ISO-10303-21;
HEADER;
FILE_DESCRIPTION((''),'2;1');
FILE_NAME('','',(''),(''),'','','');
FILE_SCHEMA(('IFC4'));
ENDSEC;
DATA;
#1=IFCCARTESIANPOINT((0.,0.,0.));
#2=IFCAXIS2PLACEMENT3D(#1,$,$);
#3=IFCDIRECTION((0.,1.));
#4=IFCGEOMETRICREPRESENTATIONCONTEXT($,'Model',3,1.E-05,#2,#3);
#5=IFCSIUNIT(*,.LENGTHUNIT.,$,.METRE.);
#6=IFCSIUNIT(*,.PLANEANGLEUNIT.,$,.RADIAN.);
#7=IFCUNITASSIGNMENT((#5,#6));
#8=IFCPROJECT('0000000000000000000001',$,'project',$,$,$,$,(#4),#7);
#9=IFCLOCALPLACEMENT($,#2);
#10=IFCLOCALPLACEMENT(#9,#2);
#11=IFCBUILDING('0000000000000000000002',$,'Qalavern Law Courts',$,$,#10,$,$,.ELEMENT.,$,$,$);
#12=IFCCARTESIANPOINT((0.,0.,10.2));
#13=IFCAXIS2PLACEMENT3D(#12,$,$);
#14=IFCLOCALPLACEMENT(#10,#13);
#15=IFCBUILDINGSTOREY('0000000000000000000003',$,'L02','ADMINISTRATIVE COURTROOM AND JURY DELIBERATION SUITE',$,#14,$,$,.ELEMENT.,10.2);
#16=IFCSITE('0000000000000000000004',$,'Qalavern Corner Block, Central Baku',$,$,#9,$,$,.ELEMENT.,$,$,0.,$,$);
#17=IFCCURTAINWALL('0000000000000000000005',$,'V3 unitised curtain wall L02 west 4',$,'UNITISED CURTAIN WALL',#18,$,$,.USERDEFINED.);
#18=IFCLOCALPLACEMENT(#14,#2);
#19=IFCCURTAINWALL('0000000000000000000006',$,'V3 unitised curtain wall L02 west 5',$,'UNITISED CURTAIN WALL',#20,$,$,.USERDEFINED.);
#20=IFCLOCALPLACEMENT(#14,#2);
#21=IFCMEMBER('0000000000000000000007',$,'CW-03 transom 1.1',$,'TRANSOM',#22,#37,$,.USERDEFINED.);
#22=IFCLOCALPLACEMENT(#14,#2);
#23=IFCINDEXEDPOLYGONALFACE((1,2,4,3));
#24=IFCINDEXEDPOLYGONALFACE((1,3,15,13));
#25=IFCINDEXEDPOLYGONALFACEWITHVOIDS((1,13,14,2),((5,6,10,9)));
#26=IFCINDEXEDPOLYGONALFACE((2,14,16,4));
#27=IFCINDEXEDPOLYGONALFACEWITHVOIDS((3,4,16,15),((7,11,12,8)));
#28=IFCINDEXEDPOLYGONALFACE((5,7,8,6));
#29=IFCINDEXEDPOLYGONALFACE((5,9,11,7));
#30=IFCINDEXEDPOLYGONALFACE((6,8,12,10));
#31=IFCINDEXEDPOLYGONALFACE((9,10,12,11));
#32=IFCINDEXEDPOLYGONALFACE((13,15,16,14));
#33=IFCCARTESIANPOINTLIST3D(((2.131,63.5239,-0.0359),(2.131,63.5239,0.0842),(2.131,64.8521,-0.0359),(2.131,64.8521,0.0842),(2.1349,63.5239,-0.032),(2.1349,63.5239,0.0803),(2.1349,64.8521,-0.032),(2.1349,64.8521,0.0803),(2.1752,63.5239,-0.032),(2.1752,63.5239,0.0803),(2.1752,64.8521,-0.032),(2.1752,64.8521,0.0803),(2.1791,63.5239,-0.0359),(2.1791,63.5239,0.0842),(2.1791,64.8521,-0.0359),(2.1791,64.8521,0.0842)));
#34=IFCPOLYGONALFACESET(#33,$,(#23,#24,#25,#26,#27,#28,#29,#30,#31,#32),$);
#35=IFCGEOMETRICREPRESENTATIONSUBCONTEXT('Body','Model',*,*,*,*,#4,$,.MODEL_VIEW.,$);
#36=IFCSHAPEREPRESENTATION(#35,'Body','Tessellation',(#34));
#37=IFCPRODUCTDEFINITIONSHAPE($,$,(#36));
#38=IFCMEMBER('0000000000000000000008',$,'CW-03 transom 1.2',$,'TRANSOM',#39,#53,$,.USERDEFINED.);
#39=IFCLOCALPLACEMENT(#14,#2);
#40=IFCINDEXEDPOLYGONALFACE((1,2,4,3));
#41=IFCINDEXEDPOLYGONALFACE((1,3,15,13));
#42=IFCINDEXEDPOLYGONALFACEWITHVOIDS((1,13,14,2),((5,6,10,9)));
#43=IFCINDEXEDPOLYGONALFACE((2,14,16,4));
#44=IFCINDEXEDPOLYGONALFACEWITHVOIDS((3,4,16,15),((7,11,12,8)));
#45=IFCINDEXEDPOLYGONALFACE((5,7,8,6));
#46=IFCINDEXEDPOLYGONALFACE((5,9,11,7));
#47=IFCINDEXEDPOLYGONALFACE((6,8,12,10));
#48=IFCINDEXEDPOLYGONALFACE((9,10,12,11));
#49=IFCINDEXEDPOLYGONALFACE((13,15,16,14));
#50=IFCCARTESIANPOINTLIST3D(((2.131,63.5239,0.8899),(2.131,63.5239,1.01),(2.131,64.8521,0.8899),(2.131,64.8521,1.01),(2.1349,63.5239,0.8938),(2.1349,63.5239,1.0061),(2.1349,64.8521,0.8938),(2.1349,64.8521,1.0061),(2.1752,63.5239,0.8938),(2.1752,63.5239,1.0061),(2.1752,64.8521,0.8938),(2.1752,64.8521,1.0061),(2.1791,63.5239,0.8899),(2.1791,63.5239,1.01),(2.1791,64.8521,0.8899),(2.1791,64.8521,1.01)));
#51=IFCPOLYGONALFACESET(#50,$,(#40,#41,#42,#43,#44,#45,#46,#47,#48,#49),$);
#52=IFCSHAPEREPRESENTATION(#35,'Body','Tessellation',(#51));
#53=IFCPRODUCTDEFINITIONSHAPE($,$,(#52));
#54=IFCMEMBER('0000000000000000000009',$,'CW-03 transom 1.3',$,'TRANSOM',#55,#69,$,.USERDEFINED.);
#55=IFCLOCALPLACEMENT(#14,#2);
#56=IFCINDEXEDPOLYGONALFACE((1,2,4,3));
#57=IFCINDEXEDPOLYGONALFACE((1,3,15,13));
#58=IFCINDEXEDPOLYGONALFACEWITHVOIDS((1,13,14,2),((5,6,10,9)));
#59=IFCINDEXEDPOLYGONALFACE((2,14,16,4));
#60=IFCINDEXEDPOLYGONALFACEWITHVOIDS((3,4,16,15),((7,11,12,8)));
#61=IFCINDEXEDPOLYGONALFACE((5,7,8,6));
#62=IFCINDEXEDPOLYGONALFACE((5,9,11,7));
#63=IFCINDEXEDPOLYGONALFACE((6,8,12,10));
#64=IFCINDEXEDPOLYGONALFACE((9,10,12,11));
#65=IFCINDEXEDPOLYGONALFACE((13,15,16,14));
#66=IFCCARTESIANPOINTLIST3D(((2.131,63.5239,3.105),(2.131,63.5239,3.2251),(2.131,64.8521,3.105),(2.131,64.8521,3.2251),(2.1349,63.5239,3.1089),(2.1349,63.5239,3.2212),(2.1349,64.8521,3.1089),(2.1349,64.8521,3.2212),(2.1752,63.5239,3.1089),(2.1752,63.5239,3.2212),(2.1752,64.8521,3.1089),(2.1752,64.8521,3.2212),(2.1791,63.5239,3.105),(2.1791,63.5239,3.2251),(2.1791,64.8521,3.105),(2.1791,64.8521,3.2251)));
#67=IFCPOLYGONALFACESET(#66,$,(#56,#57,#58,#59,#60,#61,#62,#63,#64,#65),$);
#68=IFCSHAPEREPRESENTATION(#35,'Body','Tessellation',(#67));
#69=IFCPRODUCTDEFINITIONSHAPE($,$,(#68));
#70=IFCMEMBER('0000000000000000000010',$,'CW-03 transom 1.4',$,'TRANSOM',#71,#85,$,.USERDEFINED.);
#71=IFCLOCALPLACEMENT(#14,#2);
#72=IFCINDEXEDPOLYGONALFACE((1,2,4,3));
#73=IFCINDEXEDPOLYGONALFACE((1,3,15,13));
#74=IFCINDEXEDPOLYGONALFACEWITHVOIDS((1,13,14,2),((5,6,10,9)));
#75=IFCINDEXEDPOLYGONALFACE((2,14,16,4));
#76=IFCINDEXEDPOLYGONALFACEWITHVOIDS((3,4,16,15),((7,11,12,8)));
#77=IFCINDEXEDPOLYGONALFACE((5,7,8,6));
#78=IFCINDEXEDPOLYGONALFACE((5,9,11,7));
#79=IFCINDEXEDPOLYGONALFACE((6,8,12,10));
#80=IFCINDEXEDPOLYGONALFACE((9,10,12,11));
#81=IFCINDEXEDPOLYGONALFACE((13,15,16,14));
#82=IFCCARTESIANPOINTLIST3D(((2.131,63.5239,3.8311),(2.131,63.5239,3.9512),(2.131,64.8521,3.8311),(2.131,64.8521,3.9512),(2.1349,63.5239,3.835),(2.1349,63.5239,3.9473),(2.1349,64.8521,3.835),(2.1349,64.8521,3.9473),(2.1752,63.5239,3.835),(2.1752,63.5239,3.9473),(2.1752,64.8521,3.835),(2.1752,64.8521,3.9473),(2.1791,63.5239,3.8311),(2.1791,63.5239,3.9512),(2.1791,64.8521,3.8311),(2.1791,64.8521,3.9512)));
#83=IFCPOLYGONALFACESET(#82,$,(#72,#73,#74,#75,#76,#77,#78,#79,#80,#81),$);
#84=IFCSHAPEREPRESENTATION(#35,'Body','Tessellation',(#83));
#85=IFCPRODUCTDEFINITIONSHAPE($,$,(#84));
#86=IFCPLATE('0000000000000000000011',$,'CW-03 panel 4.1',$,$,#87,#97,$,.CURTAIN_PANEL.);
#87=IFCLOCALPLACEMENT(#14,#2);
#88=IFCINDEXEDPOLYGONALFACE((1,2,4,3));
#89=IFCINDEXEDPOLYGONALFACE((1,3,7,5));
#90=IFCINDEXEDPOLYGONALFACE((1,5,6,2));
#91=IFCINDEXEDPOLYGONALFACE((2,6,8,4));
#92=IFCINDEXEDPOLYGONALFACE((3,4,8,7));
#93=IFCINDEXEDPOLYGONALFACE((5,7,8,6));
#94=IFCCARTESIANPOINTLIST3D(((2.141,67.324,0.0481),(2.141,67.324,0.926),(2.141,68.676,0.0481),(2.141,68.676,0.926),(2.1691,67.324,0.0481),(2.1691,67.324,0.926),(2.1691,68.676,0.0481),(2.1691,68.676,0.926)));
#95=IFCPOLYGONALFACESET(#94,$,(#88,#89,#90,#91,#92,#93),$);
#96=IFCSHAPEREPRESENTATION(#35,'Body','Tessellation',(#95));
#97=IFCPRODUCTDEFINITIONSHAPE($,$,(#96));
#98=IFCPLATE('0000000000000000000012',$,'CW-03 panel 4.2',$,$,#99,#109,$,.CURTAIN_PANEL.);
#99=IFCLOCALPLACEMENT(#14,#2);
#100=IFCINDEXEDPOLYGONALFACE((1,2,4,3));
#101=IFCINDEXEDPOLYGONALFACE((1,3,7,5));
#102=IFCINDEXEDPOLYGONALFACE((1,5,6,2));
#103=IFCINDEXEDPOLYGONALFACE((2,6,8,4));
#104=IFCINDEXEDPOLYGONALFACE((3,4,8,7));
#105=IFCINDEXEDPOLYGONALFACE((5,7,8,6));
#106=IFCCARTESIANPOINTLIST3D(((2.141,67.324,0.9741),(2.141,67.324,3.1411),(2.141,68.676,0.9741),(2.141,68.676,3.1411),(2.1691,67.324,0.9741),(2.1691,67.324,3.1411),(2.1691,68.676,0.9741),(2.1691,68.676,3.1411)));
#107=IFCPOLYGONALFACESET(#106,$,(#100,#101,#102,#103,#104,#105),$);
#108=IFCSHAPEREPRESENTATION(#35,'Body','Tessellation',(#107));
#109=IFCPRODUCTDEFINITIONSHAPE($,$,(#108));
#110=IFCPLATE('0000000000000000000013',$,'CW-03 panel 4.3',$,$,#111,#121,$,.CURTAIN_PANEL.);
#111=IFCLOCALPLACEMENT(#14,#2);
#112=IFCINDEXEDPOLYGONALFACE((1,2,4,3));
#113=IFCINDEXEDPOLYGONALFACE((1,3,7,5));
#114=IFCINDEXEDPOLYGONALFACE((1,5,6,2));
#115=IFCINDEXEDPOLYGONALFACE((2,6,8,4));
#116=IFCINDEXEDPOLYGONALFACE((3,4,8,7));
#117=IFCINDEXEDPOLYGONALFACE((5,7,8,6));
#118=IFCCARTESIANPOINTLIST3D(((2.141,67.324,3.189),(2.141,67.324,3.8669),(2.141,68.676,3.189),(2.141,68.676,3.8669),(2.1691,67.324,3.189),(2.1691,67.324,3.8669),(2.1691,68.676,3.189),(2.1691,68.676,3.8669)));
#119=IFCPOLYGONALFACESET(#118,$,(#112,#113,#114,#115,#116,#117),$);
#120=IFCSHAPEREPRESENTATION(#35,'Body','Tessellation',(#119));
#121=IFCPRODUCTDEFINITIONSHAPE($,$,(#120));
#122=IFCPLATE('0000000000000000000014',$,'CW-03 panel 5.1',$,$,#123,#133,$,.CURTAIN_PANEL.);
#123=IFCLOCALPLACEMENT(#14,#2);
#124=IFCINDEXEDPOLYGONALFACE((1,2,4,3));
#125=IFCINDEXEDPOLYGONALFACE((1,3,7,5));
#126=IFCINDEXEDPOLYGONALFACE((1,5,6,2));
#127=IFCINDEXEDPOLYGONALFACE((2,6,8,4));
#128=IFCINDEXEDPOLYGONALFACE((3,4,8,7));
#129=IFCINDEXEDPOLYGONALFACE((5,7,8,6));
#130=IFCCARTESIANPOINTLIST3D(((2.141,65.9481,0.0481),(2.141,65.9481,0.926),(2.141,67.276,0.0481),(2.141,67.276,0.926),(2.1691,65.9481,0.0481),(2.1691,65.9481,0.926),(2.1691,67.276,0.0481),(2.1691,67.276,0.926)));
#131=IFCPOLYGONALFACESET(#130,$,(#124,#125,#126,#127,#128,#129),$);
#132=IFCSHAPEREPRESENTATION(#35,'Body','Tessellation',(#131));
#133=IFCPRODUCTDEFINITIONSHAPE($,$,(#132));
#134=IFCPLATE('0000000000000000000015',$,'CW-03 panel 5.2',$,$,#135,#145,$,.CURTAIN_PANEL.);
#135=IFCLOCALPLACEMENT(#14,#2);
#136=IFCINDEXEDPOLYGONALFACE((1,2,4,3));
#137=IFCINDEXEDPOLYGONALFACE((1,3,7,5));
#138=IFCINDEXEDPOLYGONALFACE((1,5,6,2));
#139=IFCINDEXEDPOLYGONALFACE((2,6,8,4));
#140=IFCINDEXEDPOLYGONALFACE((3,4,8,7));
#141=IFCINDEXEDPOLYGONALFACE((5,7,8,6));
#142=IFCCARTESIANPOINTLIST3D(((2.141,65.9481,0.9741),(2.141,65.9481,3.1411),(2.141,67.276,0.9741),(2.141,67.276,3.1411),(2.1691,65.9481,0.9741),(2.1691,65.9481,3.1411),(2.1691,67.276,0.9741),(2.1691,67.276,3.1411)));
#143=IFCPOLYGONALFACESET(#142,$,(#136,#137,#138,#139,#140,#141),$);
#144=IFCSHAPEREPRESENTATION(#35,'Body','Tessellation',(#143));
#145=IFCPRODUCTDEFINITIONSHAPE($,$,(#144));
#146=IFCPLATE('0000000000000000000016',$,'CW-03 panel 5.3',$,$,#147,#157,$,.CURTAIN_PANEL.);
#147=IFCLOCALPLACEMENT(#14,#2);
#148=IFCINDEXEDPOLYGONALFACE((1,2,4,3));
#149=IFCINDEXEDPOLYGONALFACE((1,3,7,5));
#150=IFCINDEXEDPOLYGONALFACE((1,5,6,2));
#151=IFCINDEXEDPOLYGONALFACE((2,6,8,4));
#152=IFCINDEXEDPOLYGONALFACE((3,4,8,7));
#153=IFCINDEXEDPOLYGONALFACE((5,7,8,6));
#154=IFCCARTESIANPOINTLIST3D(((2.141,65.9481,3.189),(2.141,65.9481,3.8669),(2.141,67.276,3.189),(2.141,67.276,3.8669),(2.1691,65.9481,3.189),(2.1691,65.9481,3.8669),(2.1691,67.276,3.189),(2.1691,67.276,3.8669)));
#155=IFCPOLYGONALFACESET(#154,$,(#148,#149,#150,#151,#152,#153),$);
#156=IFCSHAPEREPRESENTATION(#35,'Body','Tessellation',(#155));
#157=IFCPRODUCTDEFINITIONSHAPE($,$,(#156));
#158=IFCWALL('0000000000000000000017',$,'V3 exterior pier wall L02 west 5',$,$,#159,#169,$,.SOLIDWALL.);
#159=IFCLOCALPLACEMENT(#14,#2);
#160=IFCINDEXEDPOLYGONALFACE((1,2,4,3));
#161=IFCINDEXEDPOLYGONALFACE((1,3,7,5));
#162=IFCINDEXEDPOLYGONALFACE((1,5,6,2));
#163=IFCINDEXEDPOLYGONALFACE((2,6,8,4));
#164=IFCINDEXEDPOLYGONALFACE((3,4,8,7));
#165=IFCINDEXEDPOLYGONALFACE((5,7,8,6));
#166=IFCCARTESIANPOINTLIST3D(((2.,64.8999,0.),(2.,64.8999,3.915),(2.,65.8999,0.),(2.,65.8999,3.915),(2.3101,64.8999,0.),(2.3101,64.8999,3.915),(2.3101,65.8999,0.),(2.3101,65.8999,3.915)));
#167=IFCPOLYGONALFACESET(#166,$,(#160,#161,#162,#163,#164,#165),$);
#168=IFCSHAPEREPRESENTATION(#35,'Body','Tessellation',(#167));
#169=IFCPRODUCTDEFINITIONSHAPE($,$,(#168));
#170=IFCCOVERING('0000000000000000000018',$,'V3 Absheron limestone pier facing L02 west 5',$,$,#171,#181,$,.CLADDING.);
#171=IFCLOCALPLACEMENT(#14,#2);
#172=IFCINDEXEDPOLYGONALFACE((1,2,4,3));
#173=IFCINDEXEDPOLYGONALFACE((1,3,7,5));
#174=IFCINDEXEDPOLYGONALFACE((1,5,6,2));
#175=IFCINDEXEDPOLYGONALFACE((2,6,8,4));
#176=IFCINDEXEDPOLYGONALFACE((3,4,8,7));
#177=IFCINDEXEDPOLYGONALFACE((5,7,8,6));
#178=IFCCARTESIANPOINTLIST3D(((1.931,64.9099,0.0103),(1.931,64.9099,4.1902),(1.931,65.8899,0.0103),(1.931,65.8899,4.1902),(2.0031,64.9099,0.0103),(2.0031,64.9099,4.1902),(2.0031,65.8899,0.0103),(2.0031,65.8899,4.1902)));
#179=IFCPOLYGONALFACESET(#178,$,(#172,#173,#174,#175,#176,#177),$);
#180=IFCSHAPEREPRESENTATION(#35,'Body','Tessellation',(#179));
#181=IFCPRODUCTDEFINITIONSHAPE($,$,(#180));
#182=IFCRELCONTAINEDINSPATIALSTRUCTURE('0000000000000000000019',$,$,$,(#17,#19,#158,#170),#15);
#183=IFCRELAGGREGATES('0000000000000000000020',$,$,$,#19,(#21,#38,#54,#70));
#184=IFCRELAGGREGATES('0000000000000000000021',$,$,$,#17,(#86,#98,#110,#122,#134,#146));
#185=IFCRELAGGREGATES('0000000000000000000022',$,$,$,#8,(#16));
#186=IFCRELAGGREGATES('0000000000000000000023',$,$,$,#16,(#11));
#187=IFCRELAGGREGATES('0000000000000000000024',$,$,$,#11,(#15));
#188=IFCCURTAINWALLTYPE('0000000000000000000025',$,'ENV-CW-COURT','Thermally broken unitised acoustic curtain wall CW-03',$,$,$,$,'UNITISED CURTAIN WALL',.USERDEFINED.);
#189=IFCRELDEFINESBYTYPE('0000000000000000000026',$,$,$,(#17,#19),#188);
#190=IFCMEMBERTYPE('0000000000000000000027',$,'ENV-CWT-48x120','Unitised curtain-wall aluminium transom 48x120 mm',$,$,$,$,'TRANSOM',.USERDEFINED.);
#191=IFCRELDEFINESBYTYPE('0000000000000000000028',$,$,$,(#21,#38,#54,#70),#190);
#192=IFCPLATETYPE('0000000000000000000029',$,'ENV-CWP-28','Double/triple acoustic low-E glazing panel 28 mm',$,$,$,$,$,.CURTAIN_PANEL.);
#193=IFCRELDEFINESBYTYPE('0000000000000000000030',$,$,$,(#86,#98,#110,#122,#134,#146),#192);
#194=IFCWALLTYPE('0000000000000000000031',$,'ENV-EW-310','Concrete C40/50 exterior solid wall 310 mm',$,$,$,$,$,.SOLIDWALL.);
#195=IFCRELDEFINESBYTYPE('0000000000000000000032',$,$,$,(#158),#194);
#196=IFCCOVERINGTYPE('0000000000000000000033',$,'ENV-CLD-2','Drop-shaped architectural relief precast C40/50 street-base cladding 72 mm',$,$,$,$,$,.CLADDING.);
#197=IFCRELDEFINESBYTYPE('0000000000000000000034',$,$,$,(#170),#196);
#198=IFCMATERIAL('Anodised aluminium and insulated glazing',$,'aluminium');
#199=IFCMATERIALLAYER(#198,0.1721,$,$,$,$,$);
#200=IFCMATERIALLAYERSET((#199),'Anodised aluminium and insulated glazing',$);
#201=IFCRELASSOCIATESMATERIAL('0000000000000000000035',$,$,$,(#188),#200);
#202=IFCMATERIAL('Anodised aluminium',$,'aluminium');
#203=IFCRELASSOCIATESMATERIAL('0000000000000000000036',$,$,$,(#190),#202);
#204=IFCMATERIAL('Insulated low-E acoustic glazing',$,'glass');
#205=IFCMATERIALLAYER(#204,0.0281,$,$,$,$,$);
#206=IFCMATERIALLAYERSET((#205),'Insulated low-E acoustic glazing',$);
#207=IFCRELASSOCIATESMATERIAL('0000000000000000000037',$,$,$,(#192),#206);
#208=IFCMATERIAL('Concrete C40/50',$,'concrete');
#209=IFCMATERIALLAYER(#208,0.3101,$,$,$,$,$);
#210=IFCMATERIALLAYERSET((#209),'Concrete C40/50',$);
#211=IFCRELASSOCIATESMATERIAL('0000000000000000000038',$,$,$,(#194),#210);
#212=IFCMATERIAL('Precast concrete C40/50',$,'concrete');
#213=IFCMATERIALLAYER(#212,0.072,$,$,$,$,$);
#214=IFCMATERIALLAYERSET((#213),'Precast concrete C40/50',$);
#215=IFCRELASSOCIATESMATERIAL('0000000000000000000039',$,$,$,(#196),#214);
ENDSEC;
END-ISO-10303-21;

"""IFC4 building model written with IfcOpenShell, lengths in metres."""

from ifc_helpers import new_model, si_unit, direction, frame, frame_2d, origin, origin_2d, place, context, subcontext, project, spatial, rectangle, hollow_rectangle, extrude, material, layer, layer_set, material_profile, profile_set, type_object, element, aggregate, save


model = new_model("IFC4")

# Units and contexts
model_context = context("Model", 3, precision=1e-05, world=origin(), true_north=direction((0.0, 1.0)))
body_context = subcontext(model_context, "Body", "Model", "MODEL_VIEW")
ifc_project = project(units=[si_unit("LENGTHUNIT", "METRE"), si_unit("PLANEANGLEUNIT", "RADIAN")], contexts=[model_context])

# Site, building, storey
site_placement = place(None, origin())
site = spatial("IfcSite", under=ifc_project, at=site_placement, Name="Qalavern Corner Block, Central Baku", CompositionType="ELEMENT", RefElevation=0.0)
building_placement = place(site_placement, origin())
building = spatial("IfcBuilding", under=site, at=building_placement, Name="Qalavern Law Courts", CompositionType="ELEMENT")
storey_placement = place(building_placement, frame((0.0, 0.0, 10.2)))
storey = spatial("IfcBuildingStorey", under=building, at=storey_placement, Name="L02", Description="ADMINISTRATIVE COURTROOM AND JURY DELIBERATION SUITE", CompositionType="ELEMENT", Elevation=10.2)

# Curtain wall
ifc_material_1 = material(Name="Anodised aluminium and insulated glazing", Category="aluminium")
ifc_layer_1 = layer(ifc_material_1, 0.1721)
ifc_layer_set_1 = layer_set([ifc_layer_1], Name="Anodised aluminium and insulated glazing")
curtain_wall_type = type_object("IfcCurtainWallType", Name="ENV-CW-COURT", Description="Thermally broken unitised acoustic curtain wall CW-03", ElementType="UNITISED CURTAIN WALL", PredefinedType="USERDEFINED", material=ifc_layer_set_1)
curtain_wall_1_placement = place(storey_placement, origin())
curtain_wall_1 = element("IfcCurtainWall", 1, at=curtain_wall_1_placement, inside=storey, type_object=curtain_wall_type, Name="V3 unitised curtain wall L02 west 4", ObjectType="UNITISED CURTAIN WALL", PredefinedType="USERDEFINED")
ifc_material_2 = material(Name="Anodised aluminium", Category="aluminium")

# Curtain wall
curtain_wall_2_placement = place(storey_placement, origin())
curtain_wall_2 = element("IfcCurtainWall", 2, at=curtain_wall_2_placement, inside=storey, type_object=curtain_wall_type, Name="V3 unitised curtain wall L02 west 5", ObjectType="UNITISED CURTAIN WALL", PredefinedType="USERDEFINED")

# Members
ifc_material_profile_1 = material_profile(ifc_material_2, hollow_rectangle(XDim=0.0481, YDim=0.1201, WallThickness=0.0039, at=origin_2d()), Name="ALU TRANSOM 48x120")
ifc_profile_set_1 = profile_set([ifc_material_profile_1], Name="Anodised aluminium")
member_type_1 = type_object("IfcMemberType", Name="ENV-CWT-48x120", Description="Unitised curtain-wall aluminium transom 48x120 mm", ElementType="TRANSOM", PredefinedType="USERDEFINED", material=ifc_profile_set_1)
member_1_placement = place(storey_placement, frame((2.155, 64.8521, 0.0242), z_axis=(0.0, -1.0, 0.0), x_axis=(1.0, 0.0, 0.0)))
member_1 = element("IfcMember", 3, at=member_1_placement, type_object=member_type_1, Name="CW-03 transom 1.1", ObjectType="TRANSOM", PredefinedType="USERDEFINED", context=body_context, shape_type="SweptSolid", body=[
    extrude(hollow_rectangle(XDim=0.0481, YDim=0.1201, WallThickness=0.0039, at=origin_2d()), origin(), (0.0, 0.0, 1.0), 1.3281),
])
member_2_placement = place(storey_placement, frame((2.155, 64.8521, 0.95), z_axis=(0.0, -1.0, 0.0), x_axis=(1.0, 0.0, 0.0)))
member_2 = element("IfcMember", 4, at=member_2_placement, type_object=member_type_1, Name="CW-03 transom 1.2", ObjectType="TRANSOM", PredefinedType="USERDEFINED", context=body_context, shape_type="SweptSolid", body=[
    extrude(hollow_rectangle(XDim=0.0481, YDim=0.1201, WallThickness=0.0039, at=origin_2d()), origin(), (0.0, 0.0, 1.0), 1.3281),
])
member_3_placement = place(storey_placement, frame((2.155, 64.8521, 3.165), z_axis=(0.0, -1.0, 0.0), x_axis=(1.0, 0.0, 0.0)))
member_3 = element("IfcMember", 5, at=member_3_placement, type_object=member_type_1, Name="CW-03 transom 1.3", ObjectType="TRANSOM", PredefinedType="USERDEFINED", context=body_context, shape_type="SweptSolid", body=[
    extrude(hollow_rectangle(XDim=0.0481, YDim=0.1201, WallThickness=0.0039, at=origin_2d()), origin(), (0.0, 0.0, 1.0), 1.3281),
])
member_4_placement = place(storey_placement, frame((2.155, 64.8521, 3.8911), z_axis=(0.0, -1.0, 0.0), x_axis=(1.0, 0.0, 0.0)))
member_4 = element("IfcMember", 6, at=member_4_placement, type_object=member_type_1, Name="CW-03 transom 1.4", ObjectType="TRANSOM", PredefinedType="USERDEFINED", context=body_context, shape_type="SweptSolid", body=[
    extrude(hollow_rectangle(XDim=0.0481, YDim=0.1201, WallThickness=0.0039, at=origin_2d()), origin(), (0.0, 0.0, 1.0), 1.3281),
])
aggregate(curtain_wall_2, [member_1, member_2, member_3, member_4])

# Plates
ifc_material_3 = material(Name="Insulated low-E acoustic glazing", Category="glass")
ifc_layer_2 = layer(ifc_material_3, 0.0281)
ifc_layer_set_2 = layer_set([ifc_layer_2], Name="Insulated low-E acoustic glazing")
plate_type = type_object("IfcPlateType", Name="ENV-CWP-28", Description="Double/triple acoustic low-E glazing panel 28 mm", PredefinedType="CURTAIN_PANEL", material=ifc_layer_set_2)
plate_1_placement = place(storey_placement, frame((2.155, 68.0, 0.0481), z_axis=(0.0, 0.0, 1.0), x_axis=(0.0, -1.0, 0.0)))
plate_1 = element("IfcPlate", 7, at=plate_1_placement, type_object=plate_type, Name="CW-03 panel 4.1", PredefinedType="CURTAIN_PANEL", context=body_context, shape_type="SweptSolid", body=[
    extrude(rectangle(XDim=1.3521, YDim=0.0281, at=origin_2d()), origin(), (0.0, 0.0, 1.0), 0.8779),
])
plate_2_placement = place(storey_placement, frame((2.155, 68.0, 0.9741), z_axis=(0.0, 0.0, 1.0), x_axis=(0.0, -1.0, 0.0)))
plate_2 = element("IfcPlate", 8, at=plate_2_placement, type_object=plate_type, Name="CW-03 panel 4.2", PredefinedType="CURTAIN_PANEL", context=body_context, shape_type="SweptSolid", body=[
    extrude(rectangle(XDim=1.3521, YDim=0.0281, at=origin_2d()), origin(), (0.0, 0.0, 1.0), 2.167),
])
plate_3_placement = place(storey_placement, frame((2.155, 68.0, 3.189), z_axis=(0.0, 0.0, 1.0), x_axis=(0.0, -1.0, 0.0)))
plate_3 = element("IfcPlate", 9, at=plate_3_placement, type_object=plate_type, Name="CW-03 panel 4.3", PredefinedType="CURTAIN_PANEL", context=body_context, shape_type="SweptSolid", body=[
    extrude(rectangle(XDim=1.3521, YDim=0.0281, at=origin_2d()), origin(), (0.0, 0.0, 1.0), 0.678),
])
plate_4_placement = place(storey_placement, frame((2.155, 66.6121, 0.0481), z_axis=(0.0, 0.0, 1.0), x_axis=(0.0, -1.0, 0.0)))
plate_4 = element("IfcPlate", 10, at=plate_4_placement, type_object=plate_type, Name="CW-03 panel 5.1", PredefinedType="CURTAIN_PANEL", context=body_context, shape_type="SweptSolid", body=[
    extrude(rectangle(XDim=1.3279, YDim=0.0281, at=origin_2d()), origin(), (0.0, 0.0, 1.0), 0.8779),
])
plate_5_placement = place(storey_placement, frame((2.155, 66.6121, 0.9741), z_axis=(0.0, 0.0, 1.0), x_axis=(0.0, -1.0, 0.0)))
plate_5 = element("IfcPlate", 11, at=plate_5_placement, type_object=plate_type, Name="CW-03 panel 5.2", PredefinedType="CURTAIN_PANEL", context=body_context, shape_type="SweptSolid", body=[
    extrude(rectangle(XDim=1.3279, YDim=0.0281, at=origin_2d()), origin(), (0.0, 0.0, 1.0), 2.167),
])
plate_6_placement = place(storey_placement, frame((2.155, 66.6121, 3.189), z_axis=(0.0, 0.0, 1.0), x_axis=(0.0, -1.0, 0.0)))
plate_6 = element("IfcPlate", 12, at=plate_6_placement, type_object=plate_type, Name="CW-03 panel 5.3", PredefinedType="CURTAIN_PANEL", context=body_context, shape_type="SweptSolid", body=[
    extrude(rectangle(XDim=1.3279, YDim=0.0281, at=origin_2d()), origin(), (0.0, 0.0, 1.0), 0.678),
])
aggregate(curtain_wall_1, [plate_1, plate_2, plate_3, plate_4, plate_5, plate_6])

# Wall
ifc_material_4 = material(Name="Concrete C40/50", Category="concrete")
ifc_layer_3 = layer(ifc_material_4, 0.3101)
ifc_layer_set_3 = layer_set([ifc_layer_3], Name="Concrete C40/50")
wall_type = type_object("IfcWallType", Name="ENV-EW-310", Description="Concrete C40/50 exterior solid wall 310 mm", PredefinedType="SOLIDWALL", material=ifc_layer_set_3)
wall_placement = place(storey_placement, frame((2.155, 65.8999, 0.0), z_axis=(0.0, 0.0, 1.0), x_axis=(0.0, -1.0, 0.0)))
element("IfcWall", 13, at=wall_placement, inside=storey, type_object=wall_type, Name="V3 exterior pier wall L02 west 5", PredefinedType="SOLIDWALL", context=body_context, shape_type="SweptSolid", body=[
    extrude(rectangle(XDim=1.0, YDim=0.3101, at=frame_2d((0.5, 0.0))), origin(), (0.0, 0.0, 1.0), 3.915),
])

# Covering
ifc_material_5 = material(Name="Precast concrete C40/50", Category="concrete")
ifc_layer_4 = layer(ifc_material_5, 0.072)
ifc_layer_set_4 = layer_set([ifc_layer_4], Name="Precast concrete C40/50")
covering_type = type_object("IfcCoveringType", Name="ENV-CLD-2", Description="Drop-shaped architectural relief precast C40/50 street-base cladding 72 mm", PredefinedType="CLADDING", material=ifc_layer_set_4)
covering_placement = place(storey_placement, frame((1.967, 65.3999, 0.0103), z_axis=(0.0, 0.0, 1.0), x_axis=(0.0, -1.0, 0.0)))
element("IfcCovering", 14, at=covering_placement, inside=storey, type_object=covering_type, Name="V3 Absheron limestone pier facing L02 west 5", PredefinedType="CLADDING", context=body_context, shape_type="SweptSolid", body=[
    extrude(rectangle(XDim=0.98, YDim=0.072, at=origin_2d()), origin(), (0.0, 0.0, 1.0), 4.1799),
])

save(model, "model.ifc")
